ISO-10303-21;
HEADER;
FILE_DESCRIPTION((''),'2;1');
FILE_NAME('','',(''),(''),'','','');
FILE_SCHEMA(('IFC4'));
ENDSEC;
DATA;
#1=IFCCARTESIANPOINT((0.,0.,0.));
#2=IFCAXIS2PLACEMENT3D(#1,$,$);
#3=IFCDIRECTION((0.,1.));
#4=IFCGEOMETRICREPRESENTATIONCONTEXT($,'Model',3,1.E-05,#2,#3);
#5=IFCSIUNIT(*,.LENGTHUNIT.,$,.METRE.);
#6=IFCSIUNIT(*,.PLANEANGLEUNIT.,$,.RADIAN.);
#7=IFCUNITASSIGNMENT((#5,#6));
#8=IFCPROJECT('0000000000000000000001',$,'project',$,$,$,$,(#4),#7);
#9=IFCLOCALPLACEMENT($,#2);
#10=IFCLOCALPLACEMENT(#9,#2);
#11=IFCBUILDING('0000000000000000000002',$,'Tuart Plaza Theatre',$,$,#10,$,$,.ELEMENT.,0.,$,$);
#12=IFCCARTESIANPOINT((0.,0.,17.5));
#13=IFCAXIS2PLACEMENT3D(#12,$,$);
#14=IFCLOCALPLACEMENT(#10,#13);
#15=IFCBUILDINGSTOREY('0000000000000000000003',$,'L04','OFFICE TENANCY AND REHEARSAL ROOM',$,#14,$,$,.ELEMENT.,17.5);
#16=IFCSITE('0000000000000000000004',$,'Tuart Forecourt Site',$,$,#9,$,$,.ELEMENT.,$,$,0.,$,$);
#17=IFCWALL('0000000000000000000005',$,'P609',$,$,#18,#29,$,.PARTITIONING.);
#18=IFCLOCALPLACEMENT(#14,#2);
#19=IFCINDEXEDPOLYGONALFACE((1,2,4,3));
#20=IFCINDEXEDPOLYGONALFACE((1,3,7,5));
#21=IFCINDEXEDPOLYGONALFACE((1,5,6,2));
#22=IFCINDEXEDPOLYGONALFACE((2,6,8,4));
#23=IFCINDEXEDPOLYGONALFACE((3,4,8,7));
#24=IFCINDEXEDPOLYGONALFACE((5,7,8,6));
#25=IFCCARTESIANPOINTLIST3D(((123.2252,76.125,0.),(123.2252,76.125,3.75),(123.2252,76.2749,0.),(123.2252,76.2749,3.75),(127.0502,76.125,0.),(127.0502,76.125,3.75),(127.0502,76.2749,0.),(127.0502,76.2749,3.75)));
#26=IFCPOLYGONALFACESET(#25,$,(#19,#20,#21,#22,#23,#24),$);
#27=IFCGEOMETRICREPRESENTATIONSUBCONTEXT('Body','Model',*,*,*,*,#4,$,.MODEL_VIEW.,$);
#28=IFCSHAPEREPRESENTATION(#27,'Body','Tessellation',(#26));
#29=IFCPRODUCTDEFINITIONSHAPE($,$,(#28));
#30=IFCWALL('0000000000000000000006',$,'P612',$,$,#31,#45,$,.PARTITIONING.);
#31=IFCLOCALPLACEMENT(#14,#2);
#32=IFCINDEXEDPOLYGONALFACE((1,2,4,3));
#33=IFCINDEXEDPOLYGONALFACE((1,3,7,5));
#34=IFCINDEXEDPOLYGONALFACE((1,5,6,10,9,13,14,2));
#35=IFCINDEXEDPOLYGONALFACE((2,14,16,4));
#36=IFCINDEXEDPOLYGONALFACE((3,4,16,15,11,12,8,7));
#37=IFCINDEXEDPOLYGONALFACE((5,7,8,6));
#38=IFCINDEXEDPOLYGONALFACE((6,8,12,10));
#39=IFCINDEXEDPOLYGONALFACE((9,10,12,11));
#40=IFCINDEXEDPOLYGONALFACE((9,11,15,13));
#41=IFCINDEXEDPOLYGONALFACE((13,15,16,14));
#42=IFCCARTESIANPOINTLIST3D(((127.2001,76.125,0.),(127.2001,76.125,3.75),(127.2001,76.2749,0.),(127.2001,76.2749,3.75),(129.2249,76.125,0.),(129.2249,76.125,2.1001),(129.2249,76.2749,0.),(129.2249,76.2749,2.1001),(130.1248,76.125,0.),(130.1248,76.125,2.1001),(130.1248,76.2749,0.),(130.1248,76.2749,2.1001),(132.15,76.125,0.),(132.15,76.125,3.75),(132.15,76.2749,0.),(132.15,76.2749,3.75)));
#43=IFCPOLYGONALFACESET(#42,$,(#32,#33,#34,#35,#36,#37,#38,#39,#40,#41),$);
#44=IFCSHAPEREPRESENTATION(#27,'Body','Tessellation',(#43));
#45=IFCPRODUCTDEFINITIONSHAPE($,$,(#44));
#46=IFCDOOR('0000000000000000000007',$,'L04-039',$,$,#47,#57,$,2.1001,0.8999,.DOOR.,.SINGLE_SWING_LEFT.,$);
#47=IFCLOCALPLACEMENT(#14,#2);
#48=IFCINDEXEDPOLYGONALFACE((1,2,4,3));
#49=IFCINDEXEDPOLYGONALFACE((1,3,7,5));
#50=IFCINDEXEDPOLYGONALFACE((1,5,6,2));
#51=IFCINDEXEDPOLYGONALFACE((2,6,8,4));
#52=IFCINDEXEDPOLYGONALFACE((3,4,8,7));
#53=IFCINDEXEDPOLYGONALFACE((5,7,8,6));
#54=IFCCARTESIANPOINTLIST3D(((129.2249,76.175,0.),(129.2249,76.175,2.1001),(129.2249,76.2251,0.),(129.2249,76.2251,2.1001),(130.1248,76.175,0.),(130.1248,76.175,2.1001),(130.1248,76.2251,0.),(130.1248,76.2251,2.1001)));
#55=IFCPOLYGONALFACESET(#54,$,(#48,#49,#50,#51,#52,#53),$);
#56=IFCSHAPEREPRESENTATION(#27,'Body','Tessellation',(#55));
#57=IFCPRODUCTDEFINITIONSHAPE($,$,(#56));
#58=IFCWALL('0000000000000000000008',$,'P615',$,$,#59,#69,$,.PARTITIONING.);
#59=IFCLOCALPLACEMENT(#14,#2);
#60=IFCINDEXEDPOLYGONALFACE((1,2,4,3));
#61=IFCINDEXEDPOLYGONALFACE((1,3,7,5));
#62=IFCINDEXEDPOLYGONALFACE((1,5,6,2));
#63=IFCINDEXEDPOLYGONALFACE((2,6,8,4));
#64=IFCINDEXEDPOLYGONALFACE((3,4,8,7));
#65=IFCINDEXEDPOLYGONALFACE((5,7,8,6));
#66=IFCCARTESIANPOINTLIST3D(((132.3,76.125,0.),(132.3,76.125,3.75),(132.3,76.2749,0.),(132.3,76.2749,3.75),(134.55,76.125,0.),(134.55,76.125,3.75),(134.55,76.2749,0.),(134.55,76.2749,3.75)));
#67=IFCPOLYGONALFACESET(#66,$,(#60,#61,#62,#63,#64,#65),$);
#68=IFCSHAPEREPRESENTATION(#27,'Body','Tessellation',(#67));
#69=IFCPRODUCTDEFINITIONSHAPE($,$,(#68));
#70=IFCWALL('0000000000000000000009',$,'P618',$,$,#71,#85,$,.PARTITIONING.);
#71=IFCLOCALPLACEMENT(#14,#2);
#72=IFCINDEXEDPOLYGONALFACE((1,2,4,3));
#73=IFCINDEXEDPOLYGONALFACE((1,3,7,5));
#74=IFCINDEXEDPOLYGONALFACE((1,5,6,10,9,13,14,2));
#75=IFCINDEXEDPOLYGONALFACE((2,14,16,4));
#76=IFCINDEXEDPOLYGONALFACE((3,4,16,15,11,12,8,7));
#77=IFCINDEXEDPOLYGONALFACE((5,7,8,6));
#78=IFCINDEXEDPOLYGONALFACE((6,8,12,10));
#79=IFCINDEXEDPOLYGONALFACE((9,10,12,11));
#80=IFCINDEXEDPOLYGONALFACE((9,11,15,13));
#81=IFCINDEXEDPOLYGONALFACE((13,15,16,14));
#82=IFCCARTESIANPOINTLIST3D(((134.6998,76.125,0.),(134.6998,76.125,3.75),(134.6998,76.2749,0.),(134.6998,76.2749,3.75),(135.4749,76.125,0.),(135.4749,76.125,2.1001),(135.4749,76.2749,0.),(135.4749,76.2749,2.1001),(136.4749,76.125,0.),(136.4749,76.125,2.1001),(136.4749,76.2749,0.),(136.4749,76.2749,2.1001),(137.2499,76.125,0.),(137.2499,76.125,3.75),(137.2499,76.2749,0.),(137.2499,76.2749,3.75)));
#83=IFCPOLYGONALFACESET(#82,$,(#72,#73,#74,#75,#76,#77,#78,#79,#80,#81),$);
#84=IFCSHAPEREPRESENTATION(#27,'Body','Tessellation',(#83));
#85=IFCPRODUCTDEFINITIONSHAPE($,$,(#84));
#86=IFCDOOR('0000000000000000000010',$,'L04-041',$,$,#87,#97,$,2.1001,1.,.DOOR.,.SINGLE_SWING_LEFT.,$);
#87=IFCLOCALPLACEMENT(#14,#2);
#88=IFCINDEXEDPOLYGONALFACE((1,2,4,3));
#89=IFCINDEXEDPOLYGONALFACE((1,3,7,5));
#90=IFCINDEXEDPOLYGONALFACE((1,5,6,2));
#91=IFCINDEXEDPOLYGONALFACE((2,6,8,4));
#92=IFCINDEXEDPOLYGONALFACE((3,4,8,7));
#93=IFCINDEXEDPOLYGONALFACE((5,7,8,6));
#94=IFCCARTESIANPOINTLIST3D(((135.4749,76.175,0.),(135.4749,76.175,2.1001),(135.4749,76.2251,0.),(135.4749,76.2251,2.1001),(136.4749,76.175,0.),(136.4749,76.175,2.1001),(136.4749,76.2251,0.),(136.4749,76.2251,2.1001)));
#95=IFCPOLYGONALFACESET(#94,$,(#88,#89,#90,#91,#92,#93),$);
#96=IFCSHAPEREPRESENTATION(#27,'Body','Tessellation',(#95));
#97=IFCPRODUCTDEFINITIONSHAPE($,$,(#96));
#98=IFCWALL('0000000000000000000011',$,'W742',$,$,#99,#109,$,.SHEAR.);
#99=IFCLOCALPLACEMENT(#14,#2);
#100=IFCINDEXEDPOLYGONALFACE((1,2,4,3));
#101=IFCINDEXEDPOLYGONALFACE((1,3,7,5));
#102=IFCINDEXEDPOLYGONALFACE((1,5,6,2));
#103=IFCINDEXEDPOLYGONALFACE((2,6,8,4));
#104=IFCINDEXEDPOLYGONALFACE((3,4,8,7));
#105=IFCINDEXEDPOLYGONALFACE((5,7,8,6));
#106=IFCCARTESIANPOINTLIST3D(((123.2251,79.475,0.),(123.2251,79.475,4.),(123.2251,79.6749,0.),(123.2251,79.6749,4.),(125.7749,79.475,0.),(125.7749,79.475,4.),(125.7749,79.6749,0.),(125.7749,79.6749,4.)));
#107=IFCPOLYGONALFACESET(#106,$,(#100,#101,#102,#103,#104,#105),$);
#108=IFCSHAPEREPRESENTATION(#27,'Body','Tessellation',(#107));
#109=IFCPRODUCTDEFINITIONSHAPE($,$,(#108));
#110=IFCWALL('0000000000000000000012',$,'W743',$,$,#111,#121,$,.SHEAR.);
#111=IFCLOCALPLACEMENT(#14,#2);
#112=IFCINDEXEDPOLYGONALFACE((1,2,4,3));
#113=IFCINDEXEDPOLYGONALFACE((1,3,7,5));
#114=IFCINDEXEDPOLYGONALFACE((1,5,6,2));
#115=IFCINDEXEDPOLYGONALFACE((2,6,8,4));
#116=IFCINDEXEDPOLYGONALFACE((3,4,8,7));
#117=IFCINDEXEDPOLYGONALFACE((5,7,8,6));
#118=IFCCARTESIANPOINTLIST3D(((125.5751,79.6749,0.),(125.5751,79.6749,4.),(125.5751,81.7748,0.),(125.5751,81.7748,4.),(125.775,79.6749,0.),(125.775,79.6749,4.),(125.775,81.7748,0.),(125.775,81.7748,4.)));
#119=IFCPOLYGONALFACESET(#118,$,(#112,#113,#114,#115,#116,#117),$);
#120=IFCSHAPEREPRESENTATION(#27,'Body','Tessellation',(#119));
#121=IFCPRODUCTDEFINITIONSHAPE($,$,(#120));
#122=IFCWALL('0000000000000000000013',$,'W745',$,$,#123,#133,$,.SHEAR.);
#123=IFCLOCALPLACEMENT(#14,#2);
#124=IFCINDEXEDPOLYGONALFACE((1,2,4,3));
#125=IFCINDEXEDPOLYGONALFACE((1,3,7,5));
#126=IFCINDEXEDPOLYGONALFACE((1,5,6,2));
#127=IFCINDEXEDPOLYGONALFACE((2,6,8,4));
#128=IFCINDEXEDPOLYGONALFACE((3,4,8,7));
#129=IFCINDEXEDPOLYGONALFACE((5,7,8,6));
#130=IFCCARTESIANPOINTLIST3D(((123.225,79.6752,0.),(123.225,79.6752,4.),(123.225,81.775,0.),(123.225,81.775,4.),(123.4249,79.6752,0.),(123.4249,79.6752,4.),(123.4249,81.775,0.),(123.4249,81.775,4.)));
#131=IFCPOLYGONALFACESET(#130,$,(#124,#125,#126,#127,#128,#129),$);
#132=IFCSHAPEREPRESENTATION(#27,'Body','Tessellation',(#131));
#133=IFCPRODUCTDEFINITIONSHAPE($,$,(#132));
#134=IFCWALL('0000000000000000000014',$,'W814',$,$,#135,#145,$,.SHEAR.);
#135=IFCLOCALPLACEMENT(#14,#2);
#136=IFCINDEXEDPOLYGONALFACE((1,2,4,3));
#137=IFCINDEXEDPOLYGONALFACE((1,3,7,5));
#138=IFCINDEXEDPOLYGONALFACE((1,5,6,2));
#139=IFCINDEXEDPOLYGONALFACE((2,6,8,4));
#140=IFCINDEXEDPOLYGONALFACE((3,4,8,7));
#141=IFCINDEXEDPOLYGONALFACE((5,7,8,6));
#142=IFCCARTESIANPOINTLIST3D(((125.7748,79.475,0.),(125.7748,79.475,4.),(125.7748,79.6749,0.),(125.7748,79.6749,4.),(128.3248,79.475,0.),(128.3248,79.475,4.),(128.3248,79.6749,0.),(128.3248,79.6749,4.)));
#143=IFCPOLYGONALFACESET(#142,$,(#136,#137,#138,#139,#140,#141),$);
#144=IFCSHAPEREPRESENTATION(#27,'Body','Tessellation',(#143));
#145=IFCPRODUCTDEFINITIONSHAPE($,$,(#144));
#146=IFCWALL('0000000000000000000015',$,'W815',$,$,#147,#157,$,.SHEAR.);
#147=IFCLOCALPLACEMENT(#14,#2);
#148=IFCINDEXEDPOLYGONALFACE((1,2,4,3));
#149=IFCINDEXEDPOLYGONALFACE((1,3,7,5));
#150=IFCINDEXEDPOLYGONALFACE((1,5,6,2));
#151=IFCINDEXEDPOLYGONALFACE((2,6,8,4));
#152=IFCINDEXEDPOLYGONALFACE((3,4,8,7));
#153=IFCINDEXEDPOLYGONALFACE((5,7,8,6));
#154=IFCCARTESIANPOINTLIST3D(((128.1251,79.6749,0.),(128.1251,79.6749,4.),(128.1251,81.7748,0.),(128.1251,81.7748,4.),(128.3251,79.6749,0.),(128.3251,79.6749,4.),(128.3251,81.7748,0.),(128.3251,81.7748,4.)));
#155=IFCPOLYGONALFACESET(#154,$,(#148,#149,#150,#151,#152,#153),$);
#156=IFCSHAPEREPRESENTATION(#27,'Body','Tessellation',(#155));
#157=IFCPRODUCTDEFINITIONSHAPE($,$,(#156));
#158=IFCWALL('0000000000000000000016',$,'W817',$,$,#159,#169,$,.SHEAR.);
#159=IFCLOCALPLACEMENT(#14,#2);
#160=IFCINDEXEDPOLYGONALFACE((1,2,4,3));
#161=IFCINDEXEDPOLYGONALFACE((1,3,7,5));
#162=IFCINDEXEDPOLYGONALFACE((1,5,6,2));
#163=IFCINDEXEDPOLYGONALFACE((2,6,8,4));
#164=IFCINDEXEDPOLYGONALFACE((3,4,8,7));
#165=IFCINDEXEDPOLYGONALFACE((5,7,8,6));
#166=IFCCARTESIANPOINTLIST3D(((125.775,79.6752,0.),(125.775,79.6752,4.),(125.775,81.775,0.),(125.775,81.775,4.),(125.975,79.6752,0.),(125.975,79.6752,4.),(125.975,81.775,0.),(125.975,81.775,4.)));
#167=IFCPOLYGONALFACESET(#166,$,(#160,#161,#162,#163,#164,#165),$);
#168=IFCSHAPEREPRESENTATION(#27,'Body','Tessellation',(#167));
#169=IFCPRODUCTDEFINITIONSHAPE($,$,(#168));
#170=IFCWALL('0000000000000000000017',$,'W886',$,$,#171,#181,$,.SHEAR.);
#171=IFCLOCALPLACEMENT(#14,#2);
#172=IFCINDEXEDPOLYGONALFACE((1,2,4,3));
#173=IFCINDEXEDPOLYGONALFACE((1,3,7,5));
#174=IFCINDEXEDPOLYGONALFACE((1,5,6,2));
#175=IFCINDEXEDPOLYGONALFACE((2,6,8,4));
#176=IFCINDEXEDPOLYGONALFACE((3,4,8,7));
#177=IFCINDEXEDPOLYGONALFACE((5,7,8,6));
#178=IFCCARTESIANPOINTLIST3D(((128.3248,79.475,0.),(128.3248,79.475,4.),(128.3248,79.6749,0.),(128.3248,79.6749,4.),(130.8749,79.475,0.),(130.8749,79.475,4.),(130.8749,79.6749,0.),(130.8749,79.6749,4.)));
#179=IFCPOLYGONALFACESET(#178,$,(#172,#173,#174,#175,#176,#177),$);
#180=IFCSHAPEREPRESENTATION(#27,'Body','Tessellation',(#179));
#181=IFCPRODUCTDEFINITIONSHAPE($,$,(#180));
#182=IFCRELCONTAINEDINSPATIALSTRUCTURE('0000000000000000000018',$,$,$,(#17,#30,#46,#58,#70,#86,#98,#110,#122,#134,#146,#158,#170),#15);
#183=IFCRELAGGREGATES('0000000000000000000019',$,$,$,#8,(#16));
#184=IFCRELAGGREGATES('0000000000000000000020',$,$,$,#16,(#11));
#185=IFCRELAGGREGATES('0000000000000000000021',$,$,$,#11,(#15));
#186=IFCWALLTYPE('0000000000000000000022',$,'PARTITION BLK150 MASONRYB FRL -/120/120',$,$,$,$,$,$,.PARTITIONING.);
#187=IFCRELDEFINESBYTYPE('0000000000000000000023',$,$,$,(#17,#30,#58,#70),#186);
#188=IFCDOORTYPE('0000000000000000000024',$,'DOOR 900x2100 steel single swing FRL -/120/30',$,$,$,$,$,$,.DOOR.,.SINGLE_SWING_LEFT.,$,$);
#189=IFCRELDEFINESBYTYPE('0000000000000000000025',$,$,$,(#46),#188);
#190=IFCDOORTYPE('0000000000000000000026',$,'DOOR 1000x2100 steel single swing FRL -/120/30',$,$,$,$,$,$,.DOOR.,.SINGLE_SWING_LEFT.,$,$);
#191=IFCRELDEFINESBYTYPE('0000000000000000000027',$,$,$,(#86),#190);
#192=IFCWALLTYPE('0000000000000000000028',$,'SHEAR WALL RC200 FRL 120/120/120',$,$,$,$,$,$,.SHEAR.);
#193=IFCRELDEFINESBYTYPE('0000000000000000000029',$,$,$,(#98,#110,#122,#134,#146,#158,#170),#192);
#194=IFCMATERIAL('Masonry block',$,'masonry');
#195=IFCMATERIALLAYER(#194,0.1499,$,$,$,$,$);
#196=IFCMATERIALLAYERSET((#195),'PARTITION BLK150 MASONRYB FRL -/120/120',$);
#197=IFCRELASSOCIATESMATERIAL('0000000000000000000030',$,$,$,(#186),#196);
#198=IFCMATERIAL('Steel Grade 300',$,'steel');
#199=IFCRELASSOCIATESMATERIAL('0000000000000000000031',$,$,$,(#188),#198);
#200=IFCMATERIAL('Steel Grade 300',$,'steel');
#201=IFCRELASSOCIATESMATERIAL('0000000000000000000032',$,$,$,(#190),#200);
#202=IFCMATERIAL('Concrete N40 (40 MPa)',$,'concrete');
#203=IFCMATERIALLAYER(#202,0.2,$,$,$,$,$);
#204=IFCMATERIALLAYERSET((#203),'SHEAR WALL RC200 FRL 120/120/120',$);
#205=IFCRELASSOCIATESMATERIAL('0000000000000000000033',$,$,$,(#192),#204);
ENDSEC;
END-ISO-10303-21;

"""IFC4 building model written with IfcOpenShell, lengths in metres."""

from ifc_helpers import new_model, si_unit, direction, frame, frame_2d, origin, place, context, subcontext, project, spatial, rectangle, extrude, material, layer, layer_set, type_object, element, fill, save


model = new_model("IFC4")

# Units and contexts
model_context = context("Model", 3, precision=1e-05, world=origin(), true_north=direction((0.0, 1.0)))
body_context = subcontext(model_context, "Body", "Model", "MODEL_VIEW")
ifc_project = project(units=[si_unit("LENGTHUNIT", "METRE"), si_unit("PLANEANGLEUNIT", "RADIAN")], contexts=[model_context])

# Site, building, storey
site_placement = place(None, origin())
site = spatial("IfcSite", under=ifc_project, at=site_placement, Name="Tuart Forecourt Site", CompositionType="ELEMENT", RefElevation=0.0)
building_placement = place(site_placement, origin())
building = spatial("IfcBuilding", under=site, at=building_placement, Name="Tuart Plaza Theatre", CompositionType="ELEMENT", ElevationOfRefHeight=0.0)
storey_placement = place(building_placement, frame((0.0, 0.0, 17.5)))
storey = spatial("IfcBuildingStorey", under=building, at=storey_placement, Name="L04", Description="OFFICE TENANCY AND REHEARSAL ROOM", CompositionType="ELEMENT", Elevation=17.5)

# Wall
ifc_material_1 = material(Name="Masonry block", Category="masonry")
ifc_layer_1 = layer(ifc_material_1, 0.1499)
ifc_layer_set_1 = layer_set([ifc_layer_1], Name="PARTITION BLK150 MASONRYB FRL -/120/120")
wall_type_1 = type_object("IfcWallType", Name="PARTITION BLK150 MASONRYB FRL -/120/120", PredefinedType="PARTITIONING", material=ifc_layer_set_1)
wall_1_placement = place(storey_placement, frame((123.2251, 76.2, 0.0), z_axis=(0.0, 0.0, 1.0), x_axis=(1.0, 0.0, 0.0)))
element("IfcWall", 1, at=wall_1_placement, inside=storey, type_object=wall_type_1, Name="P609", PredefinedType="PARTITIONING", context=body_context, shape_type="SweptSolid", body=[
    extrude(rectangle(XDim=3.825, YDim=0.1499, at=frame_2d((1.9126, 0.0))), origin(), (0.0, 0.0, 1.0), 3.75),
])

# Wall, opening, door
wall_2_placement = place(storey_placement, frame((127.2, 76.2, 0.0), z_axis=(0.0, 0.0, 1.0), x_axis=(1.0, 0.0, 0.0)))
wall_2 = element("IfcWall", 2, at=wall_2_placement, inside=storey, type_object=wall_type_1, Name="P612", PredefinedType="PARTITIONING", context=body_context, shape_type="SweptSolid", body=[
    extrude(rectangle(XDim=4.95, YDim=0.1499, at=frame_2d((2.4751, 0.0))), origin(), (0.0, 0.0, 1.0), 3.75),
])
opening_1_placement = place(wall_2_placement, frame((2.0249, 0.0, 0.0)))
opening_1 = element("IfcOpeningElement", 3, at=opening_1_placement, cuts=wall_2, PredefinedType="OPENING", context=body_context, shape_type="SweptSolid", body=[
    extrude(rectangle(XDim=0.8999, YDim=2.1001, at=frame_2d((0.45, 1.05))), frame((0.0, 0.085, 0.0), z_axis=(0.0, -1.0, 0.0), x_axis=(1.0, 0.0, 0.0)), (0.0, 0.0, 1.0), 0.1699),
])
ifc_material_2 = material(Name="Steel Grade 300", Category="steel")
door_type_1 = type_object("IfcDoorType", Name="DOOR 900x2100 steel single swing FRL -/120/30", OperationType="SINGLE_SWING_LEFT", PredefinedType="DOOR", material=ifc_material_2)
door_1_placement = place(opening_1_placement, frame((0.8999, 0.0, 0.0), z_axis=(0.0, 0.0, 1.0), x_axis=(-1.0, 0.0, 0.0)))
door_1 = element("IfcDoor", 4, at=door_1_placement, inside=storey, type_object=door_type_1, Name="L04-039", OperationType="SINGLE_SWING_LEFT", OverallHeight=2.1001, OverallWidth=0.8999, PredefinedType="DOOR", context=body_context, shape_type="SweptSolid", body=[
    extrude(rectangle(XDim=0.8999, YDim=2.1001, at=frame_2d((0.45, 1.05))), frame((0.0, 0.0249, 0.0), z_axis=(0.0, -1.0, 0.0), x_axis=(1.0, 0.0, 0.0)), (0.0, 0.0, 1.0), 0.05),
])
fill(opening_1, door_1)

# Wall
wall_3_placement = place(storey_placement, frame((132.3, 76.2, 0.0), z_axis=(0.0, 0.0, 1.0), x_axis=(1.0, 0.0, 0.0)))
element("IfcWall", 5, at=wall_3_placement, inside=storey, type_object=wall_type_1, Name="P615", PredefinedType="PARTITIONING", context=body_context, shape_type="SweptSolid", body=[
    extrude(rectangle(XDim=2.25, YDim=0.1499, at=frame_2d((1.125, 0.0))), origin(), (0.0, 0.0, 1.0), 3.75),
])

# Wall, opening, door
wall_4_placement = place(storey_placement, frame((134.7, 76.2, 0.0), z_axis=(0.0, 0.0, 1.0), x_axis=(1.0, 0.0, 0.0)))
wall_4 = element("IfcWall", 6, at=wall_4_placement, inside=storey, type_object=wall_type_1, Name="P618", PredefinedType="PARTITIONING", context=body_context, shape_type="SweptSolid", body=[
    extrude(rectangle(XDim=2.55, YDim=0.1499, at=frame_2d((1.2749, 0.0))), origin(), (0.0, 0.0, 1.0), 3.75),
])
opening_2_placement = place(wall_4_placement, frame((0.7749, 0.0, 0.0)))
opening_2 = element("IfcOpeningElement", 7, at=opening_2_placement, cuts=wall_4, PredefinedType="OPENING", context=body_context, shape_type="SweptSolid", body=[
    extrude(rectangle(XDim=1.0, YDim=2.1001, at=frame_2d((0.5, 1.05))), frame((0.0, 0.085, 0.0), z_axis=(0.0, -1.0, 0.0), x_axis=(1.0, 0.0, 0.0)), (0.0, 0.0, 1.0), 0.1699),
])
ifc_material_3 = material(Name="Steel Grade 300", Category="steel")
door_type_2 = type_object("IfcDoorType", Name="DOOR 1000x2100 steel single swing FRL -/120/30", OperationType="SINGLE_SWING_LEFT", PredefinedType="DOOR", material=ifc_material_3)
door_2_placement = place(opening_2_placement, frame((1.0, 0.0, 0.0), z_axis=(0.0, 0.0, 1.0), x_axis=(-1.0, 0.0, 0.0)))
door_2 = element("IfcDoor", 8, at=door_2_placement, inside=storey, type_object=door_type_2, Name="L04-041", OperationType="SINGLE_SWING_LEFT", OverallHeight=2.1001, OverallWidth=1.0, PredefinedType="DOOR", context=body_context, shape_type="SweptSolid", body=[
    extrude(rectangle(XDim=1.0, YDim=2.1001, at=frame_2d((0.5, 1.05))), frame((0.0, 0.0249, 0.0), z_axis=(0.0, -1.0, 0.0), x_axis=(1.0, 0.0, 0.0)), (0.0, 0.0, 1.0), 0.05),
])
fill(opening_2, door_2)

# Walls
ifc_material_4 = material(Name="Concrete N40 (40 MPa)", Category="concrete")
ifc_layer_2 = layer(ifc_material_4, 0.2)
ifc_layer_set_2 = layer_set([ifc_layer_2], Name="SHEAR WALL RC200 FRL 120/120/120")
wall_type_2 = type_object("IfcWallType", Name="SHEAR WALL RC200 FRL 120/120/120", PredefinedType="SHEAR", material=ifc_layer_set_2)
wall_5_placement = place(storey_placement, frame((123.2251, 79.575, 0.0), z_axis=(0.0, 0.0, 1.0), x_axis=(1.0, 0.0, 0.0)))
element("IfcWall", 9, at=wall_5_placement, inside=storey, type_object=wall_type_2, Name="W742", PredefinedType="SHEAR", context=body_context, shape_type="SweptSolid", body=[
    extrude(rectangle(XDim=2.5498, YDim=0.2, at=frame_2d((1.2749, 0.0))), origin(), (0.0, 0.0, 1.0), 4.0),
])
for number, where, z_axis, x_axis, name in (
    (10, (125.675, 79.675, 0.0), (0.0, 0.0, 1.0), (0.0, 1.0, 0.0), "W743"),
    (11, (123.325, 81.7749, 0.0), (0.0, 0.0, 1.0), (0.0, -1.0, 0.0), "W745"),
):
    element("IfcWall", number, at=place(storey_placement, frame(where, z_axis=z_axis, x_axis=x_axis)), inside=storey, type_object=wall_type_2, Name=name, PredefinedType="SHEAR", context=body_context, shape_type="SweptSolid", body=[
        extrude(rectangle(XDim=2.0999, YDim=0.2, at=frame_2d((1.0498, 0.0))), origin(), (0.0, 0.0, 1.0), 4.0),
    ])
wall_6_placement = place(storey_placement, frame((125.7749, 79.575, 0.0), z_axis=(0.0, 0.0, 1.0), x_axis=(1.0, 0.0, 0.0)))
element("IfcWall", 12, at=wall_6_placement, inside=storey, type_object=wall_type_2, Name="W814", PredefinedType="SHEAR", context=body_context, shape_type="SweptSolid", body=[
    extrude(rectangle(XDim=2.55, YDim=0.2, at=frame_2d((1.2749, 0.0))), origin(), (0.0, 0.0, 1.0), 4.0),
])
for number, where, z_axis, x_axis, name in (
    (13, (128.2251, 79.675, 0.0), (0.0, 0.0, 1.0), (0.0, 1.0, 0.0), "W815"),
    (14, (125.875, 81.7749, 0.0), (0.0, 0.0, 1.0), (0.0, -1.0, 0.0), "W817"),
):
    element("IfcWall", number, at=place(storey_placement, frame(where, z_axis=z_axis, x_axis=x_axis)), inside=storey, type_object=wall_type_2, Name=name, PredefinedType="SHEAR", context=body_context, shape_type="SweptSolid", body=[
        extrude(rectangle(XDim=2.0999, YDim=0.2, at=frame_2d((1.0498, 0.0))), origin(), (0.0, 0.0, 1.0), 4.0),
    ])
wall_7_placement = place(storey_placement, frame((128.325, 79.575, 0.0), z_axis=(0.0, 0.0, 1.0), x_axis=(1.0, 0.0, 0.0)))
element("IfcWall", 15, at=wall_7_placement, inside=storey, type_object=wall_type_2, Name="W886", PredefinedType="SHEAR", context=body_context, shape_type="SweptSolid", body=[
    extrude(rectangle(XDim=2.55, YDim=0.2, at=frame_2d((1.2749, 0.0))), origin(), (0.0, 0.0, 1.0), 4.0),
])

save(model, "model.ifc")
